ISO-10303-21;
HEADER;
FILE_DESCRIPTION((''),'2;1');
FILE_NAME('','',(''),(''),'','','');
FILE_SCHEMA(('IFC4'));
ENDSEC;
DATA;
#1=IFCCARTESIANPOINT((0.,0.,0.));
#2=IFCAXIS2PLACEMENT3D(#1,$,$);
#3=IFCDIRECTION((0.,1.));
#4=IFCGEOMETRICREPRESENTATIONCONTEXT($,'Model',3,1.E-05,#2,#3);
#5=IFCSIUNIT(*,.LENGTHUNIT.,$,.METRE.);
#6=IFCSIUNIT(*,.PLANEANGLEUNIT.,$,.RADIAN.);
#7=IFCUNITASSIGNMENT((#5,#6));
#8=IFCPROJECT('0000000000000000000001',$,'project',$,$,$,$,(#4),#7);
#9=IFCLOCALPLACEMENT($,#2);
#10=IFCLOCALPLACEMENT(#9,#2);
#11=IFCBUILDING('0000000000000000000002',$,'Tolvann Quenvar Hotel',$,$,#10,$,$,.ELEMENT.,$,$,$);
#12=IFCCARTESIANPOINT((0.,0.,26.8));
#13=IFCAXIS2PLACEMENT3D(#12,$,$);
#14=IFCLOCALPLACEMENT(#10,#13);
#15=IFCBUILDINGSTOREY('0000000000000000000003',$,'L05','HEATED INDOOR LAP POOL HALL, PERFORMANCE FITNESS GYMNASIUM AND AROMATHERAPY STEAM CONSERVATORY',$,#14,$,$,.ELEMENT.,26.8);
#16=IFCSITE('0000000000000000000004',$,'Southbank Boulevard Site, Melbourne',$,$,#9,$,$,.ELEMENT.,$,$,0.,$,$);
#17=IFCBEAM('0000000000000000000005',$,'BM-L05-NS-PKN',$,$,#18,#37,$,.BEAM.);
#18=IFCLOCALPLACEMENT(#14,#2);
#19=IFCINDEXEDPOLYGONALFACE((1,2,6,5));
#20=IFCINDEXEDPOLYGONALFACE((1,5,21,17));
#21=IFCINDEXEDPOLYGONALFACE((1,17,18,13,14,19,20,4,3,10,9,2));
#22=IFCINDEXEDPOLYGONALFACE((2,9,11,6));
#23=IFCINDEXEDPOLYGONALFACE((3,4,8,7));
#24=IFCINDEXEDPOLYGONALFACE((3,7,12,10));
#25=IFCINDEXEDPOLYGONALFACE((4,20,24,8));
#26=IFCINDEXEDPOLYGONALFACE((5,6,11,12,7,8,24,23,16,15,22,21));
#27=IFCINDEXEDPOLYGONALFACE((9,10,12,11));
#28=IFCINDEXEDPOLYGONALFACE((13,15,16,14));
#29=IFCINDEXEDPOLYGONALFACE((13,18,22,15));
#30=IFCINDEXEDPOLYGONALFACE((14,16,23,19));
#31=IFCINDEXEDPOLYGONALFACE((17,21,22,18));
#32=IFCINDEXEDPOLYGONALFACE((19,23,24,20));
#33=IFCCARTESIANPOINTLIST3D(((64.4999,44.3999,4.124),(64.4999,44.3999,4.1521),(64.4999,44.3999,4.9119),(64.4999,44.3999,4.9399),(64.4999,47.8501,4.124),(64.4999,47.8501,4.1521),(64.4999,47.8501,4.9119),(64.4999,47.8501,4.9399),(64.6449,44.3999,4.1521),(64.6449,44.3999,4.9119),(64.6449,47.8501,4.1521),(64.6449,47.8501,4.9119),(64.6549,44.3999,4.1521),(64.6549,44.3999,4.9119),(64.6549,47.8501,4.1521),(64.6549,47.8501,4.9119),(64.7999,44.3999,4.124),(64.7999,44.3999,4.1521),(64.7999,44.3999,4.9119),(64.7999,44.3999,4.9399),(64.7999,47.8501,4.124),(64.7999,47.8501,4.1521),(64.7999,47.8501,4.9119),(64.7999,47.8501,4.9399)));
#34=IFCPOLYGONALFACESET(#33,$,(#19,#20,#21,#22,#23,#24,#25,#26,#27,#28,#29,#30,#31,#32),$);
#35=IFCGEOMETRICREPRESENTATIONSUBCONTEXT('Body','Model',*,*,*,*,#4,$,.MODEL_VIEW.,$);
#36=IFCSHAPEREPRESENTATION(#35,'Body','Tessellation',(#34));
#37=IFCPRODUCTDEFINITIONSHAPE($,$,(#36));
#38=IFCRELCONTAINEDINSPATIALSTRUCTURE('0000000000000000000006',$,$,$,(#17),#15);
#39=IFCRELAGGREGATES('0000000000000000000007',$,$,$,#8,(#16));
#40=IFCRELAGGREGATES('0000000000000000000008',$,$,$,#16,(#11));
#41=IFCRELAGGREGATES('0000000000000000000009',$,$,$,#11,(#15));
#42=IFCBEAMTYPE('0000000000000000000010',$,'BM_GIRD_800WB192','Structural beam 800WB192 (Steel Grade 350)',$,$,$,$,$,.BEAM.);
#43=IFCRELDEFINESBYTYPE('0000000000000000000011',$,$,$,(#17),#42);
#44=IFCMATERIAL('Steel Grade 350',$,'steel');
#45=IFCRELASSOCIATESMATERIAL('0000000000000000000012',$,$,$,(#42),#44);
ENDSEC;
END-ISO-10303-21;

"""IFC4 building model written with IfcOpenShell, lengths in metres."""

from ifc_helpers import new_model, si_unit, direction, frame, origin, origin_2d, place, context, subcontext, project, spatial, i_section, extrude, source, transform, mapped, material, material_profile, profile_set, type_object, type_shapes, element, save


model = new_model("IFC4")

# Units and contexts
model_context = context("Model", 3, precision=1e-05, world=origin(), true_north=direction((0.0, 1.0)))
body_context = subcontext(model_context, "Body", "Model", "MODEL_VIEW")
ifc_project = project(units=[si_unit("LENGTHUNIT", "METRE"), si_unit("PLANEANGLEUNIT", "RADIAN")], contexts=[model_context])

# Site, building, storey
site_placement = place(None, origin())
site = spatial("IfcSite", under=ifc_project, at=site_placement, Name="Southbank Boulevard Site, Melbourne", CompositionType="ELEMENT", RefElevation=0.0)
building_placement = place(site_placement, origin())
building = spatial("IfcBuilding", under=site, at=building_placement, Name="Tolvann Quenvar Hotel", CompositionType="ELEMENT")
storey_placement = place(building_placement, frame((0.0, 0.0, 26.8)))
storey = spatial("IfcBuildingStorey", under=building, at=storey_placement, Name="L05", Description="HEATED INDOOR LAP POOL HALL, PERFORMANCE FITNESS GYMNASIUM AND AROMATHERAPY STEAM CONSERVATORY", CompositionType="ELEMENT", Elevation=26.8)

# Beam
ifc_material_1 = material(Name="Steel Grade 350", Category="steel")
ifc_material_profile_1 = material_profile(ifc_material_1, i_section(OverallWidth=0.3, OverallDepth=0.8159, WebThickness=0.01, FlangeThickness=0.0281, at=origin_2d()), Name="800WB192")
ifc_profile_set_1 = profile_set([ifc_material_profile_1], Name="Steel Grade 350")
beam_type_1 = type_object("IfcBeamType", Name="BM_GIRD_800WB192", Description="Structural beam 800WB192 (Steel Grade 350)", PredefinedType="BEAM", material=ifc_profile_set_1)
shared_shape_1 = source(origin(), body_context, "Body", "SweptSolid", [
    extrude(i_section(OverallWidth=0.3, OverallDepth=0.8159, WebThickness=0.01, FlangeThickness=0.0281, at=origin_2d()), origin(), (0.0, 0.0, 1.0), 3.4502),
])
type_shapes(beam_type_1, [shared_shape_1])
beam_1_placement = place(storey_placement, frame((64.6499, 44.3999, 4.532), z_axis=(0.0, 1.0, 0.0), x_axis=(-1.0, 0.0, 0.0)))
element("IfcBeam", 1, at=beam_1_placement, inside=storey, type_object=beam_type_1, Name="BM-L05-NS-PKN", PredefinedType="BEAM", context=body_context, shape_type="MappedRepresentation", body=[
    mapped(shared_shape_1, transform((0.0, 0.0, 0.0), x_axis=(1.0, 0.0, 0.0), y_axis=(0.0, 1.0, 0.0), z_axis=(0.0, 0.0, 1.0), scale=1.0)),
])

save(model, "model.ifc")
